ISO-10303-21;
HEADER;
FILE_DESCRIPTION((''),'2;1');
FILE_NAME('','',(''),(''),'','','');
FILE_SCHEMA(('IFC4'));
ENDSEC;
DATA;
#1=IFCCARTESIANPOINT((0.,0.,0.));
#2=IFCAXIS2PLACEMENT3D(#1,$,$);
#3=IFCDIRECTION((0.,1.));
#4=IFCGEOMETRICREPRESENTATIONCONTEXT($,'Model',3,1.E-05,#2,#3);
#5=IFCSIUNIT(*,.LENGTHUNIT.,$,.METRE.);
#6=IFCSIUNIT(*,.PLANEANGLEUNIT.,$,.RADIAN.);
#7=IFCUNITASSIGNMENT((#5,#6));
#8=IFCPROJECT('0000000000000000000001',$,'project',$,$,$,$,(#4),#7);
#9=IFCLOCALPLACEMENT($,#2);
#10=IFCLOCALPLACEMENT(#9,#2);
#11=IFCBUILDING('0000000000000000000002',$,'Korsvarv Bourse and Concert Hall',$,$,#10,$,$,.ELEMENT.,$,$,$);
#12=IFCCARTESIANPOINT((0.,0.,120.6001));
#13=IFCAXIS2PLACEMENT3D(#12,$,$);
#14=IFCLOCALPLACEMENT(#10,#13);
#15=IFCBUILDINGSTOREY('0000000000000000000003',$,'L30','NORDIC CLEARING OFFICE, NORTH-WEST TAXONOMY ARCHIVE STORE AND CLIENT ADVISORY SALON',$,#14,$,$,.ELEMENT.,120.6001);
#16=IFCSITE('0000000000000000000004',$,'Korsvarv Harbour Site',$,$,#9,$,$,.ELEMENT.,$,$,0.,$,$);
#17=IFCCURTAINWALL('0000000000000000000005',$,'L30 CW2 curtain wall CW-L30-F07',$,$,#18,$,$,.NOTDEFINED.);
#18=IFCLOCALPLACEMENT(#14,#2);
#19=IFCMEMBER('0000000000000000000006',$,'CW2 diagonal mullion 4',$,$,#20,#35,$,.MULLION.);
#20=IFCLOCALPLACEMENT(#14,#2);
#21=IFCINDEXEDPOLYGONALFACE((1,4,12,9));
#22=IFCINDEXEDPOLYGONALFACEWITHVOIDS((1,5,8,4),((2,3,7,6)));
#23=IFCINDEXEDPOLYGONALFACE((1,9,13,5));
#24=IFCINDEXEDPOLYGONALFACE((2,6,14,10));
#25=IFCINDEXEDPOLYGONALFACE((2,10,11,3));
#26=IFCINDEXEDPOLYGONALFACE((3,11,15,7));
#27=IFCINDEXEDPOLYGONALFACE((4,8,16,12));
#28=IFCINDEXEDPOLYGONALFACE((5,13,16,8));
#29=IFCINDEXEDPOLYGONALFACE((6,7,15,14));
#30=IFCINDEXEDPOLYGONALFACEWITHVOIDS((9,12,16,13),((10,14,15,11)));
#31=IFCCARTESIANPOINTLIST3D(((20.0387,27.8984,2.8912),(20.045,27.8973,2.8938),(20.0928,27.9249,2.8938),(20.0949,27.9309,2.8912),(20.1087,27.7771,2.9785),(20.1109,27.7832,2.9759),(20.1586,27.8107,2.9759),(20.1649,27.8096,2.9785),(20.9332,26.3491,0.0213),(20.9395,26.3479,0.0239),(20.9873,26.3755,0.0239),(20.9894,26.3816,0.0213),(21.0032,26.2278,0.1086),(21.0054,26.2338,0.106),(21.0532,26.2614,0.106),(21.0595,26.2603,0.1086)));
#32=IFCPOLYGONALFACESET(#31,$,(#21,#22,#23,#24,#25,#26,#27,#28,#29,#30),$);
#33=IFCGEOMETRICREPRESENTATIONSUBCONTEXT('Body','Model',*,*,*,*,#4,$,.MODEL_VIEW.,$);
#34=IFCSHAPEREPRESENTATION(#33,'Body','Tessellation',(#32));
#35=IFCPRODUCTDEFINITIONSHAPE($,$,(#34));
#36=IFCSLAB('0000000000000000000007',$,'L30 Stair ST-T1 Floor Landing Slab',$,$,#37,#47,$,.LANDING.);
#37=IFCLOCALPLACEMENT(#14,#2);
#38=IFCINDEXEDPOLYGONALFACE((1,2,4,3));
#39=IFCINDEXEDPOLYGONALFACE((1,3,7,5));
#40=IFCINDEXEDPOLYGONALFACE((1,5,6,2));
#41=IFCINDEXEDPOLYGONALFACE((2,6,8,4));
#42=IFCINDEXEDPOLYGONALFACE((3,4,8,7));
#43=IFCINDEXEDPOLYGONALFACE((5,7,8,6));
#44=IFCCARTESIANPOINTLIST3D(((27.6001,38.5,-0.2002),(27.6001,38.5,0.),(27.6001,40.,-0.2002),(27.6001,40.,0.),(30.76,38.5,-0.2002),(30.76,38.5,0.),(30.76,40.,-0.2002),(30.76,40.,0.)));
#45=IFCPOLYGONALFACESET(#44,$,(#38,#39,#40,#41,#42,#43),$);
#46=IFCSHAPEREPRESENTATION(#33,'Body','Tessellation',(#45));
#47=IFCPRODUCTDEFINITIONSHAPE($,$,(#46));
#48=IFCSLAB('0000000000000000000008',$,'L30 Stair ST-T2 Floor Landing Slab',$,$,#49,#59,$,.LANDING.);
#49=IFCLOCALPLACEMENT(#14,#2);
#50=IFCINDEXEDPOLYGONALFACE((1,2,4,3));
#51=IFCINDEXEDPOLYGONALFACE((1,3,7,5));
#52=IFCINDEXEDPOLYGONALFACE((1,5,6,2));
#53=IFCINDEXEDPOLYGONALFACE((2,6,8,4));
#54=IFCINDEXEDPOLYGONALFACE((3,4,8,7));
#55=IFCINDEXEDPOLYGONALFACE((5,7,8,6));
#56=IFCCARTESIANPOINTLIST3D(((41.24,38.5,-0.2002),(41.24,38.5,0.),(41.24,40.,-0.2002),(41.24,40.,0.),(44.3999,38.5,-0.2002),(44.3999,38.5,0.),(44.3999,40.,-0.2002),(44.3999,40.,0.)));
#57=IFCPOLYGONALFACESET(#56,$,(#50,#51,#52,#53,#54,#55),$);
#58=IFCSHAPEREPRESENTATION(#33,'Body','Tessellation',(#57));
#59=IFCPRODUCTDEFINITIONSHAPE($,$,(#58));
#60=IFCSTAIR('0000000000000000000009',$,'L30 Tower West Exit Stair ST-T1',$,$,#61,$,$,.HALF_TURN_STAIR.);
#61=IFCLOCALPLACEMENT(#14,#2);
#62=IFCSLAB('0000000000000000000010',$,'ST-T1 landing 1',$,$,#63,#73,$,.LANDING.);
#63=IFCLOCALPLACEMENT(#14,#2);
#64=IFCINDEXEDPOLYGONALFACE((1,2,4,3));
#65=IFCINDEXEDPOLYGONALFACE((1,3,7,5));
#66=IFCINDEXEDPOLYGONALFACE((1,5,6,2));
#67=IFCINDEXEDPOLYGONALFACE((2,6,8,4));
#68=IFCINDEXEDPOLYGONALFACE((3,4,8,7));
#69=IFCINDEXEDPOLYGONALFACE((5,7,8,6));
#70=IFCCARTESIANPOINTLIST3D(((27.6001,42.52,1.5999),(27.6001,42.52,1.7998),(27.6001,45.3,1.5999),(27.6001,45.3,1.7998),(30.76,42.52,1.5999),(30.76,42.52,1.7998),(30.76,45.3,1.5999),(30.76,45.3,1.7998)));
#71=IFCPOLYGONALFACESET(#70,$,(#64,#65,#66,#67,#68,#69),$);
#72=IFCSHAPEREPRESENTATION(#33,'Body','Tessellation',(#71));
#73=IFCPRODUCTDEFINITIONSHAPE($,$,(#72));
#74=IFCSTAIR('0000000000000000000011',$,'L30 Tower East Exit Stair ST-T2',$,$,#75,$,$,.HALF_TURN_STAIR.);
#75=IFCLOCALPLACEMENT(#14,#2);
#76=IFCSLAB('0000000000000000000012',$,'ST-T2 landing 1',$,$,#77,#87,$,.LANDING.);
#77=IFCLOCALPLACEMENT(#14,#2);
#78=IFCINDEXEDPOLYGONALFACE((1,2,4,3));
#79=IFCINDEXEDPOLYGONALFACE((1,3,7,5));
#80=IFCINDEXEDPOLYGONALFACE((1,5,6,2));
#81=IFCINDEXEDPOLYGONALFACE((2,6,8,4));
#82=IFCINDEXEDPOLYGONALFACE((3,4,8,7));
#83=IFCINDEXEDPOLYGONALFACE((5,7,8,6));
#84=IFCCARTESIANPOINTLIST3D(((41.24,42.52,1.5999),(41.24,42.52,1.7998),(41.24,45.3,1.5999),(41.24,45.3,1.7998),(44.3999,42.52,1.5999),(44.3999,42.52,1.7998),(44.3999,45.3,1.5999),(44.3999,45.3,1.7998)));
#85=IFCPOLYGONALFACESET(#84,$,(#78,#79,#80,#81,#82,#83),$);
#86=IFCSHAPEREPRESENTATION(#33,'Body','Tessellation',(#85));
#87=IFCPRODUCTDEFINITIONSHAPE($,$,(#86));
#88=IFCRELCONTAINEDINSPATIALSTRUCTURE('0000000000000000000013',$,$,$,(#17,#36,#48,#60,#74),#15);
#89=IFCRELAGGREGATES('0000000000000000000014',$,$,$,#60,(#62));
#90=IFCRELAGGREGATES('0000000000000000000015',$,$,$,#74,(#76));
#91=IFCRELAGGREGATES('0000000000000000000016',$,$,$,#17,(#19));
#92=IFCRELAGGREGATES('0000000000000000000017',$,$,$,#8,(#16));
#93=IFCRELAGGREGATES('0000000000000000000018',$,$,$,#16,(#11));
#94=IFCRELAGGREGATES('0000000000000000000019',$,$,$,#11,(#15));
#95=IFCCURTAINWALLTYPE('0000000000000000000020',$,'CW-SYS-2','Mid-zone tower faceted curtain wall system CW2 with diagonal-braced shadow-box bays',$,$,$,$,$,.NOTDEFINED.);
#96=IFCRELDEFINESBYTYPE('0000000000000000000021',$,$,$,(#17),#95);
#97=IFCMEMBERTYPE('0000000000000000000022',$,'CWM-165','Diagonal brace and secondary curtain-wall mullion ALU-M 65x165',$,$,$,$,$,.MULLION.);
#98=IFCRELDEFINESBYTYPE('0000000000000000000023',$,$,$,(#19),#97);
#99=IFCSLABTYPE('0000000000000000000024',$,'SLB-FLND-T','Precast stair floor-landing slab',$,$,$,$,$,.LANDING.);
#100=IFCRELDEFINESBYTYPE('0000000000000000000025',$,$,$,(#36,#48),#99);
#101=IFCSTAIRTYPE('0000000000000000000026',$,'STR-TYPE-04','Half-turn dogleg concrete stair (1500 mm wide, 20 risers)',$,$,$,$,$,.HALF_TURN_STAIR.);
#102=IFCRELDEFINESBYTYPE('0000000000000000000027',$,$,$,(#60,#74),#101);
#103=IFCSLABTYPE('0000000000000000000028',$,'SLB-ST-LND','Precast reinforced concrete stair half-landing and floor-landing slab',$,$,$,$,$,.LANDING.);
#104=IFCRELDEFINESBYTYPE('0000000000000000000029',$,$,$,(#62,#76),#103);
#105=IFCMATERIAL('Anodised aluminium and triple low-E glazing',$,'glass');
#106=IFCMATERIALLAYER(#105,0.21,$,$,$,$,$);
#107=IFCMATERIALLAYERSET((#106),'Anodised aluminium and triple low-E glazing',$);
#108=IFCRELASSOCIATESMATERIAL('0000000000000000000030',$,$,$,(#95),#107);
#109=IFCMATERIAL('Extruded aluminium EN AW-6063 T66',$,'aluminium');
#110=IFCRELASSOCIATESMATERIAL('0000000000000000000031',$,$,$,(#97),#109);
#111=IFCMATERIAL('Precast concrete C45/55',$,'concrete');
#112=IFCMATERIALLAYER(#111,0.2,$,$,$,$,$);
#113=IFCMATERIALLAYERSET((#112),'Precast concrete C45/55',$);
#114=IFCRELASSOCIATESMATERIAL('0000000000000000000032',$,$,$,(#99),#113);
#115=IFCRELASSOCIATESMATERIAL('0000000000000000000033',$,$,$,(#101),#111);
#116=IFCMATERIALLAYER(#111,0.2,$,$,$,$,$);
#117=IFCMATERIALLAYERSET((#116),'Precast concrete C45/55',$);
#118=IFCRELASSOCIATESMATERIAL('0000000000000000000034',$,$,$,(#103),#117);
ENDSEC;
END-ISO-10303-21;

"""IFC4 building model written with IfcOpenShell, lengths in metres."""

from ifc_helpers import new_model, si_unit, direction, frame, origin, origin_2d, place, context, subcontext, project, spatial, polyline, hollow_rectangle, outline, extrude, source, transform, mapped, material, layer, layer_set, material_profile, profile_set, type_object, element, aggregate, save


model = new_model("IFC4")

# Units and contexts
model_context = context("Model", 3, precision=1e-05, world=origin(), true_north=direction((0.0, 1.0)))
body_context = subcontext(model_context, "Body", "Model", "MODEL_VIEW")
ifc_project = project(units=[si_unit("LENGTHUNIT", "METRE"), si_unit("PLANEANGLEUNIT", "RADIAN")], contexts=[model_context])

# Site, building, storey
site_placement = place(None, origin())
site = spatial("IfcSite", under=ifc_project, at=site_placement, Name="Korsvarv Harbour Site", CompositionType="ELEMENT", RefElevation=0.0)
building_placement = place(site_placement, origin())
building = spatial("IfcBuilding", under=site, at=building_placement, Name="Korsvarv Bourse and Concert Hall", CompositionType="ELEMENT")
storey_placement = place(building_placement, frame((0.0, 0.0, 120.6001)))
storey = spatial("IfcBuildingStorey", under=building, at=storey_placement, Name="L30", Description="NORDIC CLEARING OFFICE, NORTH-WEST TAXONOMY ARCHIVE STORE AND CLIENT ADVISORY SALON", CompositionType="ELEMENT", Elevation=120.6001)

# Curtain wall, member
ifc_material_1 = material(Name="Anodised aluminium and triple low-E glazing", Category="glass")
ifc_layer_1 = layer(ifc_material_1, 0.21)
ifc_layer_set_1 = layer_set([ifc_layer_1], Name="Anodised aluminium and triple low-E glazing")
curtain_wall_type = type_object("IfcCurtainWallType", Name="CW-SYS-2", Description="Mid-zone tower faceted curtain wall system CW2 with diagonal-braced shadow-box bays", PredefinedType="NOTDEFINED", material=ifc_layer_set_1)
curtain_wall_placement = place(storey_placement, origin())
curtain_wall = element("IfcCurtainWall", 1, at=curtain_wall_placement, inside=storey, type_object=curtain_wall_type, Name="L30 CW2 curtain wall CW-L30-F07", PredefinedType="NOTDEFINED")
ifc_material_2 = material(Name="Extruded aluminium EN AW-6063 T66", Category="aluminium")
ifc_material_profile_1 = material_profile(ifc_material_2, hollow_rectangle(XDim=0.0649, YDim=0.165, WallThickness=0.0049, at=origin_2d()), Name="ALU-M 65x165")
ifc_profile_set_1 = profile_set([ifc_material_profile_1], Name="Extruded aluminium EN AW-6063 T66")
member_type_1 = type_object("IfcMemberType", Name="CWM-165", Description="Diagonal brace and secondary curtain-wall mullion ALU-M 65x165", PredefinedType="MULLION", material=ifc_profile_set_1)
shared_shape_1 = source(origin(), body_context, "Body", "SweptSolid", [
    extrude(hollow_rectangle(XDim=0.0649, YDim=0.165, WallThickness=0.0049, at=origin_2d()), origin(), (0.0, 0.0, 1.0), 3.3818),
])
member_1_placement = place(storey_placement, frame((20.9963, 26.3047, 0.0649), z_axis=(-0.264511, 0.45813, 0.848617), x_axis=(-0.866017, -0.500014, 0.0)))
member_1 = element("IfcMember", 2, at=member_1_placement, type_object=member_type_1, Name="CW2 diagonal mullion 4", PredefinedType="MULLION", context=body_context, shape_type="MappedRepresentation", body=[
    mapped(shared_shape_1, transform((0.0, 0.0, 0.0), scale=1.0)),
])

# Slabs
ifc_material_3 = material(Name="Precast concrete C45/55", Category="concrete")
ifc_layer_2 = layer(ifc_material_3, 0.2)
ifc_layer_set_2 = layer_set([ifc_layer_2], Name="Precast concrete C45/55")
slab_type_1 = type_object("IfcSlabType", Name="SLB-FLND-T", Description="Precast stair floor-landing slab", PredefinedType="LANDING", material=ifc_layer_set_2)
slab_1_placement = place(storey_placement, frame((0.0, 0.0, -0.2002)))
element("IfcSlab", 3, at=slab_1_placement, inside=storey, type_object=slab_type_1, Name="L30 Stair ST-T1 Floor Landing Slab", PredefinedType="LANDING", context=body_context, shape_type="SweptSolid", body=[
    extrude(outline(polyline([(30.76, 38.5), (30.76, 40.0), (27.6001, 40.0), (27.6001, 38.5), (30.76, 38.5)])), origin(), (0.0, 0.0, 1.0), 0.2002),
])
slab_2_placement = place(storey_placement, frame((0.0, 0.0, -0.2002)))
element("IfcSlab", 4, at=slab_2_placement, inside=storey, type_object=slab_type_1, Name="L30 Stair ST-T2 Floor Landing Slab", PredefinedType="LANDING", context=body_context, shape_type="SweptSolid", body=[
    extrude(outline(polyline([(44.3999, 38.5), (44.3999, 40.0), (41.24, 40.0), (41.24, 38.5), (44.3999, 38.5)])), origin(), (0.0, 0.0, 1.0), 0.2002),
])

# Stairs, slabs
stair_type = type_object("IfcStairType", Name="STR-TYPE-04", Description="Half-turn dogleg concrete stair (1500 mm wide, 20 risers)", PredefinedType="HALF_TURN_STAIR", material=ifc_material_3)
stair_1_placement = place(storey_placement, origin())
stair_1 = element("IfcStair", 5, at=stair_1_placement, inside=storey, type_object=stair_type, Name="L30 Tower West Exit Stair ST-T1", PredefinedType="HALF_TURN_STAIR")
ifc_layer_3 = layer(ifc_material_3, 0.2)
ifc_layer_set_3 = layer_set([ifc_layer_3], Name="Precast concrete C45/55")
slab_type_2 = type_object("IfcSlabType", Name="SLB-ST-LND", Description="Precast reinforced concrete stair half-landing and floor-landing slab", PredefinedType="LANDING", material=ifc_layer_set_3)
slab_3_placement = place(storey_placement, frame((0.0, 0.0, 1.5999)))
slab_3 = element("IfcSlab", 6, at=slab_3_placement, type_object=slab_type_2, Name="ST-T1 landing 1", PredefinedType="LANDING", context=body_context, shape_type="SweptSolid", body=[
    extrude(outline(polyline([(30.76, 42.52), (30.76, 45.3), (27.6001, 45.3), (27.6001, 42.52), (30.76, 42.52)])), origin(), (0.0, 0.0, 1.0), 0.2),
])
aggregate(stair_1, [slab_3])
stair_2_placement = place(storey_placement, origin())
stair_2 = element("IfcStair", 7, at=stair_2_placement, inside=storey, type_object=stair_type, Name="L30 Tower East Exit Stair ST-T2", PredefinedType="HALF_TURN_STAIR")
slab_4_placement = place(storey_placement, frame((0.0, 0.0, 1.5999)))
slab_4 = element("IfcSlab", 8, at=slab_4_placement, type_object=slab_type_2, Name="ST-T2 landing 1", PredefinedType="LANDING", context=body_context, shape_type="SweptSolid", body=[
    extrude(outline(polyline([(44.3999, 42.52), (44.3999, 45.3), (41.24, 45.3), (41.24, 42.52), (44.3999, 42.52)])), origin(), (0.0, 0.0, 1.0), 0.2),
])
aggregate(stair_2, [slab_4])

aggregate(curtain_wall, [member_1])

save(model, "model.ifc")
